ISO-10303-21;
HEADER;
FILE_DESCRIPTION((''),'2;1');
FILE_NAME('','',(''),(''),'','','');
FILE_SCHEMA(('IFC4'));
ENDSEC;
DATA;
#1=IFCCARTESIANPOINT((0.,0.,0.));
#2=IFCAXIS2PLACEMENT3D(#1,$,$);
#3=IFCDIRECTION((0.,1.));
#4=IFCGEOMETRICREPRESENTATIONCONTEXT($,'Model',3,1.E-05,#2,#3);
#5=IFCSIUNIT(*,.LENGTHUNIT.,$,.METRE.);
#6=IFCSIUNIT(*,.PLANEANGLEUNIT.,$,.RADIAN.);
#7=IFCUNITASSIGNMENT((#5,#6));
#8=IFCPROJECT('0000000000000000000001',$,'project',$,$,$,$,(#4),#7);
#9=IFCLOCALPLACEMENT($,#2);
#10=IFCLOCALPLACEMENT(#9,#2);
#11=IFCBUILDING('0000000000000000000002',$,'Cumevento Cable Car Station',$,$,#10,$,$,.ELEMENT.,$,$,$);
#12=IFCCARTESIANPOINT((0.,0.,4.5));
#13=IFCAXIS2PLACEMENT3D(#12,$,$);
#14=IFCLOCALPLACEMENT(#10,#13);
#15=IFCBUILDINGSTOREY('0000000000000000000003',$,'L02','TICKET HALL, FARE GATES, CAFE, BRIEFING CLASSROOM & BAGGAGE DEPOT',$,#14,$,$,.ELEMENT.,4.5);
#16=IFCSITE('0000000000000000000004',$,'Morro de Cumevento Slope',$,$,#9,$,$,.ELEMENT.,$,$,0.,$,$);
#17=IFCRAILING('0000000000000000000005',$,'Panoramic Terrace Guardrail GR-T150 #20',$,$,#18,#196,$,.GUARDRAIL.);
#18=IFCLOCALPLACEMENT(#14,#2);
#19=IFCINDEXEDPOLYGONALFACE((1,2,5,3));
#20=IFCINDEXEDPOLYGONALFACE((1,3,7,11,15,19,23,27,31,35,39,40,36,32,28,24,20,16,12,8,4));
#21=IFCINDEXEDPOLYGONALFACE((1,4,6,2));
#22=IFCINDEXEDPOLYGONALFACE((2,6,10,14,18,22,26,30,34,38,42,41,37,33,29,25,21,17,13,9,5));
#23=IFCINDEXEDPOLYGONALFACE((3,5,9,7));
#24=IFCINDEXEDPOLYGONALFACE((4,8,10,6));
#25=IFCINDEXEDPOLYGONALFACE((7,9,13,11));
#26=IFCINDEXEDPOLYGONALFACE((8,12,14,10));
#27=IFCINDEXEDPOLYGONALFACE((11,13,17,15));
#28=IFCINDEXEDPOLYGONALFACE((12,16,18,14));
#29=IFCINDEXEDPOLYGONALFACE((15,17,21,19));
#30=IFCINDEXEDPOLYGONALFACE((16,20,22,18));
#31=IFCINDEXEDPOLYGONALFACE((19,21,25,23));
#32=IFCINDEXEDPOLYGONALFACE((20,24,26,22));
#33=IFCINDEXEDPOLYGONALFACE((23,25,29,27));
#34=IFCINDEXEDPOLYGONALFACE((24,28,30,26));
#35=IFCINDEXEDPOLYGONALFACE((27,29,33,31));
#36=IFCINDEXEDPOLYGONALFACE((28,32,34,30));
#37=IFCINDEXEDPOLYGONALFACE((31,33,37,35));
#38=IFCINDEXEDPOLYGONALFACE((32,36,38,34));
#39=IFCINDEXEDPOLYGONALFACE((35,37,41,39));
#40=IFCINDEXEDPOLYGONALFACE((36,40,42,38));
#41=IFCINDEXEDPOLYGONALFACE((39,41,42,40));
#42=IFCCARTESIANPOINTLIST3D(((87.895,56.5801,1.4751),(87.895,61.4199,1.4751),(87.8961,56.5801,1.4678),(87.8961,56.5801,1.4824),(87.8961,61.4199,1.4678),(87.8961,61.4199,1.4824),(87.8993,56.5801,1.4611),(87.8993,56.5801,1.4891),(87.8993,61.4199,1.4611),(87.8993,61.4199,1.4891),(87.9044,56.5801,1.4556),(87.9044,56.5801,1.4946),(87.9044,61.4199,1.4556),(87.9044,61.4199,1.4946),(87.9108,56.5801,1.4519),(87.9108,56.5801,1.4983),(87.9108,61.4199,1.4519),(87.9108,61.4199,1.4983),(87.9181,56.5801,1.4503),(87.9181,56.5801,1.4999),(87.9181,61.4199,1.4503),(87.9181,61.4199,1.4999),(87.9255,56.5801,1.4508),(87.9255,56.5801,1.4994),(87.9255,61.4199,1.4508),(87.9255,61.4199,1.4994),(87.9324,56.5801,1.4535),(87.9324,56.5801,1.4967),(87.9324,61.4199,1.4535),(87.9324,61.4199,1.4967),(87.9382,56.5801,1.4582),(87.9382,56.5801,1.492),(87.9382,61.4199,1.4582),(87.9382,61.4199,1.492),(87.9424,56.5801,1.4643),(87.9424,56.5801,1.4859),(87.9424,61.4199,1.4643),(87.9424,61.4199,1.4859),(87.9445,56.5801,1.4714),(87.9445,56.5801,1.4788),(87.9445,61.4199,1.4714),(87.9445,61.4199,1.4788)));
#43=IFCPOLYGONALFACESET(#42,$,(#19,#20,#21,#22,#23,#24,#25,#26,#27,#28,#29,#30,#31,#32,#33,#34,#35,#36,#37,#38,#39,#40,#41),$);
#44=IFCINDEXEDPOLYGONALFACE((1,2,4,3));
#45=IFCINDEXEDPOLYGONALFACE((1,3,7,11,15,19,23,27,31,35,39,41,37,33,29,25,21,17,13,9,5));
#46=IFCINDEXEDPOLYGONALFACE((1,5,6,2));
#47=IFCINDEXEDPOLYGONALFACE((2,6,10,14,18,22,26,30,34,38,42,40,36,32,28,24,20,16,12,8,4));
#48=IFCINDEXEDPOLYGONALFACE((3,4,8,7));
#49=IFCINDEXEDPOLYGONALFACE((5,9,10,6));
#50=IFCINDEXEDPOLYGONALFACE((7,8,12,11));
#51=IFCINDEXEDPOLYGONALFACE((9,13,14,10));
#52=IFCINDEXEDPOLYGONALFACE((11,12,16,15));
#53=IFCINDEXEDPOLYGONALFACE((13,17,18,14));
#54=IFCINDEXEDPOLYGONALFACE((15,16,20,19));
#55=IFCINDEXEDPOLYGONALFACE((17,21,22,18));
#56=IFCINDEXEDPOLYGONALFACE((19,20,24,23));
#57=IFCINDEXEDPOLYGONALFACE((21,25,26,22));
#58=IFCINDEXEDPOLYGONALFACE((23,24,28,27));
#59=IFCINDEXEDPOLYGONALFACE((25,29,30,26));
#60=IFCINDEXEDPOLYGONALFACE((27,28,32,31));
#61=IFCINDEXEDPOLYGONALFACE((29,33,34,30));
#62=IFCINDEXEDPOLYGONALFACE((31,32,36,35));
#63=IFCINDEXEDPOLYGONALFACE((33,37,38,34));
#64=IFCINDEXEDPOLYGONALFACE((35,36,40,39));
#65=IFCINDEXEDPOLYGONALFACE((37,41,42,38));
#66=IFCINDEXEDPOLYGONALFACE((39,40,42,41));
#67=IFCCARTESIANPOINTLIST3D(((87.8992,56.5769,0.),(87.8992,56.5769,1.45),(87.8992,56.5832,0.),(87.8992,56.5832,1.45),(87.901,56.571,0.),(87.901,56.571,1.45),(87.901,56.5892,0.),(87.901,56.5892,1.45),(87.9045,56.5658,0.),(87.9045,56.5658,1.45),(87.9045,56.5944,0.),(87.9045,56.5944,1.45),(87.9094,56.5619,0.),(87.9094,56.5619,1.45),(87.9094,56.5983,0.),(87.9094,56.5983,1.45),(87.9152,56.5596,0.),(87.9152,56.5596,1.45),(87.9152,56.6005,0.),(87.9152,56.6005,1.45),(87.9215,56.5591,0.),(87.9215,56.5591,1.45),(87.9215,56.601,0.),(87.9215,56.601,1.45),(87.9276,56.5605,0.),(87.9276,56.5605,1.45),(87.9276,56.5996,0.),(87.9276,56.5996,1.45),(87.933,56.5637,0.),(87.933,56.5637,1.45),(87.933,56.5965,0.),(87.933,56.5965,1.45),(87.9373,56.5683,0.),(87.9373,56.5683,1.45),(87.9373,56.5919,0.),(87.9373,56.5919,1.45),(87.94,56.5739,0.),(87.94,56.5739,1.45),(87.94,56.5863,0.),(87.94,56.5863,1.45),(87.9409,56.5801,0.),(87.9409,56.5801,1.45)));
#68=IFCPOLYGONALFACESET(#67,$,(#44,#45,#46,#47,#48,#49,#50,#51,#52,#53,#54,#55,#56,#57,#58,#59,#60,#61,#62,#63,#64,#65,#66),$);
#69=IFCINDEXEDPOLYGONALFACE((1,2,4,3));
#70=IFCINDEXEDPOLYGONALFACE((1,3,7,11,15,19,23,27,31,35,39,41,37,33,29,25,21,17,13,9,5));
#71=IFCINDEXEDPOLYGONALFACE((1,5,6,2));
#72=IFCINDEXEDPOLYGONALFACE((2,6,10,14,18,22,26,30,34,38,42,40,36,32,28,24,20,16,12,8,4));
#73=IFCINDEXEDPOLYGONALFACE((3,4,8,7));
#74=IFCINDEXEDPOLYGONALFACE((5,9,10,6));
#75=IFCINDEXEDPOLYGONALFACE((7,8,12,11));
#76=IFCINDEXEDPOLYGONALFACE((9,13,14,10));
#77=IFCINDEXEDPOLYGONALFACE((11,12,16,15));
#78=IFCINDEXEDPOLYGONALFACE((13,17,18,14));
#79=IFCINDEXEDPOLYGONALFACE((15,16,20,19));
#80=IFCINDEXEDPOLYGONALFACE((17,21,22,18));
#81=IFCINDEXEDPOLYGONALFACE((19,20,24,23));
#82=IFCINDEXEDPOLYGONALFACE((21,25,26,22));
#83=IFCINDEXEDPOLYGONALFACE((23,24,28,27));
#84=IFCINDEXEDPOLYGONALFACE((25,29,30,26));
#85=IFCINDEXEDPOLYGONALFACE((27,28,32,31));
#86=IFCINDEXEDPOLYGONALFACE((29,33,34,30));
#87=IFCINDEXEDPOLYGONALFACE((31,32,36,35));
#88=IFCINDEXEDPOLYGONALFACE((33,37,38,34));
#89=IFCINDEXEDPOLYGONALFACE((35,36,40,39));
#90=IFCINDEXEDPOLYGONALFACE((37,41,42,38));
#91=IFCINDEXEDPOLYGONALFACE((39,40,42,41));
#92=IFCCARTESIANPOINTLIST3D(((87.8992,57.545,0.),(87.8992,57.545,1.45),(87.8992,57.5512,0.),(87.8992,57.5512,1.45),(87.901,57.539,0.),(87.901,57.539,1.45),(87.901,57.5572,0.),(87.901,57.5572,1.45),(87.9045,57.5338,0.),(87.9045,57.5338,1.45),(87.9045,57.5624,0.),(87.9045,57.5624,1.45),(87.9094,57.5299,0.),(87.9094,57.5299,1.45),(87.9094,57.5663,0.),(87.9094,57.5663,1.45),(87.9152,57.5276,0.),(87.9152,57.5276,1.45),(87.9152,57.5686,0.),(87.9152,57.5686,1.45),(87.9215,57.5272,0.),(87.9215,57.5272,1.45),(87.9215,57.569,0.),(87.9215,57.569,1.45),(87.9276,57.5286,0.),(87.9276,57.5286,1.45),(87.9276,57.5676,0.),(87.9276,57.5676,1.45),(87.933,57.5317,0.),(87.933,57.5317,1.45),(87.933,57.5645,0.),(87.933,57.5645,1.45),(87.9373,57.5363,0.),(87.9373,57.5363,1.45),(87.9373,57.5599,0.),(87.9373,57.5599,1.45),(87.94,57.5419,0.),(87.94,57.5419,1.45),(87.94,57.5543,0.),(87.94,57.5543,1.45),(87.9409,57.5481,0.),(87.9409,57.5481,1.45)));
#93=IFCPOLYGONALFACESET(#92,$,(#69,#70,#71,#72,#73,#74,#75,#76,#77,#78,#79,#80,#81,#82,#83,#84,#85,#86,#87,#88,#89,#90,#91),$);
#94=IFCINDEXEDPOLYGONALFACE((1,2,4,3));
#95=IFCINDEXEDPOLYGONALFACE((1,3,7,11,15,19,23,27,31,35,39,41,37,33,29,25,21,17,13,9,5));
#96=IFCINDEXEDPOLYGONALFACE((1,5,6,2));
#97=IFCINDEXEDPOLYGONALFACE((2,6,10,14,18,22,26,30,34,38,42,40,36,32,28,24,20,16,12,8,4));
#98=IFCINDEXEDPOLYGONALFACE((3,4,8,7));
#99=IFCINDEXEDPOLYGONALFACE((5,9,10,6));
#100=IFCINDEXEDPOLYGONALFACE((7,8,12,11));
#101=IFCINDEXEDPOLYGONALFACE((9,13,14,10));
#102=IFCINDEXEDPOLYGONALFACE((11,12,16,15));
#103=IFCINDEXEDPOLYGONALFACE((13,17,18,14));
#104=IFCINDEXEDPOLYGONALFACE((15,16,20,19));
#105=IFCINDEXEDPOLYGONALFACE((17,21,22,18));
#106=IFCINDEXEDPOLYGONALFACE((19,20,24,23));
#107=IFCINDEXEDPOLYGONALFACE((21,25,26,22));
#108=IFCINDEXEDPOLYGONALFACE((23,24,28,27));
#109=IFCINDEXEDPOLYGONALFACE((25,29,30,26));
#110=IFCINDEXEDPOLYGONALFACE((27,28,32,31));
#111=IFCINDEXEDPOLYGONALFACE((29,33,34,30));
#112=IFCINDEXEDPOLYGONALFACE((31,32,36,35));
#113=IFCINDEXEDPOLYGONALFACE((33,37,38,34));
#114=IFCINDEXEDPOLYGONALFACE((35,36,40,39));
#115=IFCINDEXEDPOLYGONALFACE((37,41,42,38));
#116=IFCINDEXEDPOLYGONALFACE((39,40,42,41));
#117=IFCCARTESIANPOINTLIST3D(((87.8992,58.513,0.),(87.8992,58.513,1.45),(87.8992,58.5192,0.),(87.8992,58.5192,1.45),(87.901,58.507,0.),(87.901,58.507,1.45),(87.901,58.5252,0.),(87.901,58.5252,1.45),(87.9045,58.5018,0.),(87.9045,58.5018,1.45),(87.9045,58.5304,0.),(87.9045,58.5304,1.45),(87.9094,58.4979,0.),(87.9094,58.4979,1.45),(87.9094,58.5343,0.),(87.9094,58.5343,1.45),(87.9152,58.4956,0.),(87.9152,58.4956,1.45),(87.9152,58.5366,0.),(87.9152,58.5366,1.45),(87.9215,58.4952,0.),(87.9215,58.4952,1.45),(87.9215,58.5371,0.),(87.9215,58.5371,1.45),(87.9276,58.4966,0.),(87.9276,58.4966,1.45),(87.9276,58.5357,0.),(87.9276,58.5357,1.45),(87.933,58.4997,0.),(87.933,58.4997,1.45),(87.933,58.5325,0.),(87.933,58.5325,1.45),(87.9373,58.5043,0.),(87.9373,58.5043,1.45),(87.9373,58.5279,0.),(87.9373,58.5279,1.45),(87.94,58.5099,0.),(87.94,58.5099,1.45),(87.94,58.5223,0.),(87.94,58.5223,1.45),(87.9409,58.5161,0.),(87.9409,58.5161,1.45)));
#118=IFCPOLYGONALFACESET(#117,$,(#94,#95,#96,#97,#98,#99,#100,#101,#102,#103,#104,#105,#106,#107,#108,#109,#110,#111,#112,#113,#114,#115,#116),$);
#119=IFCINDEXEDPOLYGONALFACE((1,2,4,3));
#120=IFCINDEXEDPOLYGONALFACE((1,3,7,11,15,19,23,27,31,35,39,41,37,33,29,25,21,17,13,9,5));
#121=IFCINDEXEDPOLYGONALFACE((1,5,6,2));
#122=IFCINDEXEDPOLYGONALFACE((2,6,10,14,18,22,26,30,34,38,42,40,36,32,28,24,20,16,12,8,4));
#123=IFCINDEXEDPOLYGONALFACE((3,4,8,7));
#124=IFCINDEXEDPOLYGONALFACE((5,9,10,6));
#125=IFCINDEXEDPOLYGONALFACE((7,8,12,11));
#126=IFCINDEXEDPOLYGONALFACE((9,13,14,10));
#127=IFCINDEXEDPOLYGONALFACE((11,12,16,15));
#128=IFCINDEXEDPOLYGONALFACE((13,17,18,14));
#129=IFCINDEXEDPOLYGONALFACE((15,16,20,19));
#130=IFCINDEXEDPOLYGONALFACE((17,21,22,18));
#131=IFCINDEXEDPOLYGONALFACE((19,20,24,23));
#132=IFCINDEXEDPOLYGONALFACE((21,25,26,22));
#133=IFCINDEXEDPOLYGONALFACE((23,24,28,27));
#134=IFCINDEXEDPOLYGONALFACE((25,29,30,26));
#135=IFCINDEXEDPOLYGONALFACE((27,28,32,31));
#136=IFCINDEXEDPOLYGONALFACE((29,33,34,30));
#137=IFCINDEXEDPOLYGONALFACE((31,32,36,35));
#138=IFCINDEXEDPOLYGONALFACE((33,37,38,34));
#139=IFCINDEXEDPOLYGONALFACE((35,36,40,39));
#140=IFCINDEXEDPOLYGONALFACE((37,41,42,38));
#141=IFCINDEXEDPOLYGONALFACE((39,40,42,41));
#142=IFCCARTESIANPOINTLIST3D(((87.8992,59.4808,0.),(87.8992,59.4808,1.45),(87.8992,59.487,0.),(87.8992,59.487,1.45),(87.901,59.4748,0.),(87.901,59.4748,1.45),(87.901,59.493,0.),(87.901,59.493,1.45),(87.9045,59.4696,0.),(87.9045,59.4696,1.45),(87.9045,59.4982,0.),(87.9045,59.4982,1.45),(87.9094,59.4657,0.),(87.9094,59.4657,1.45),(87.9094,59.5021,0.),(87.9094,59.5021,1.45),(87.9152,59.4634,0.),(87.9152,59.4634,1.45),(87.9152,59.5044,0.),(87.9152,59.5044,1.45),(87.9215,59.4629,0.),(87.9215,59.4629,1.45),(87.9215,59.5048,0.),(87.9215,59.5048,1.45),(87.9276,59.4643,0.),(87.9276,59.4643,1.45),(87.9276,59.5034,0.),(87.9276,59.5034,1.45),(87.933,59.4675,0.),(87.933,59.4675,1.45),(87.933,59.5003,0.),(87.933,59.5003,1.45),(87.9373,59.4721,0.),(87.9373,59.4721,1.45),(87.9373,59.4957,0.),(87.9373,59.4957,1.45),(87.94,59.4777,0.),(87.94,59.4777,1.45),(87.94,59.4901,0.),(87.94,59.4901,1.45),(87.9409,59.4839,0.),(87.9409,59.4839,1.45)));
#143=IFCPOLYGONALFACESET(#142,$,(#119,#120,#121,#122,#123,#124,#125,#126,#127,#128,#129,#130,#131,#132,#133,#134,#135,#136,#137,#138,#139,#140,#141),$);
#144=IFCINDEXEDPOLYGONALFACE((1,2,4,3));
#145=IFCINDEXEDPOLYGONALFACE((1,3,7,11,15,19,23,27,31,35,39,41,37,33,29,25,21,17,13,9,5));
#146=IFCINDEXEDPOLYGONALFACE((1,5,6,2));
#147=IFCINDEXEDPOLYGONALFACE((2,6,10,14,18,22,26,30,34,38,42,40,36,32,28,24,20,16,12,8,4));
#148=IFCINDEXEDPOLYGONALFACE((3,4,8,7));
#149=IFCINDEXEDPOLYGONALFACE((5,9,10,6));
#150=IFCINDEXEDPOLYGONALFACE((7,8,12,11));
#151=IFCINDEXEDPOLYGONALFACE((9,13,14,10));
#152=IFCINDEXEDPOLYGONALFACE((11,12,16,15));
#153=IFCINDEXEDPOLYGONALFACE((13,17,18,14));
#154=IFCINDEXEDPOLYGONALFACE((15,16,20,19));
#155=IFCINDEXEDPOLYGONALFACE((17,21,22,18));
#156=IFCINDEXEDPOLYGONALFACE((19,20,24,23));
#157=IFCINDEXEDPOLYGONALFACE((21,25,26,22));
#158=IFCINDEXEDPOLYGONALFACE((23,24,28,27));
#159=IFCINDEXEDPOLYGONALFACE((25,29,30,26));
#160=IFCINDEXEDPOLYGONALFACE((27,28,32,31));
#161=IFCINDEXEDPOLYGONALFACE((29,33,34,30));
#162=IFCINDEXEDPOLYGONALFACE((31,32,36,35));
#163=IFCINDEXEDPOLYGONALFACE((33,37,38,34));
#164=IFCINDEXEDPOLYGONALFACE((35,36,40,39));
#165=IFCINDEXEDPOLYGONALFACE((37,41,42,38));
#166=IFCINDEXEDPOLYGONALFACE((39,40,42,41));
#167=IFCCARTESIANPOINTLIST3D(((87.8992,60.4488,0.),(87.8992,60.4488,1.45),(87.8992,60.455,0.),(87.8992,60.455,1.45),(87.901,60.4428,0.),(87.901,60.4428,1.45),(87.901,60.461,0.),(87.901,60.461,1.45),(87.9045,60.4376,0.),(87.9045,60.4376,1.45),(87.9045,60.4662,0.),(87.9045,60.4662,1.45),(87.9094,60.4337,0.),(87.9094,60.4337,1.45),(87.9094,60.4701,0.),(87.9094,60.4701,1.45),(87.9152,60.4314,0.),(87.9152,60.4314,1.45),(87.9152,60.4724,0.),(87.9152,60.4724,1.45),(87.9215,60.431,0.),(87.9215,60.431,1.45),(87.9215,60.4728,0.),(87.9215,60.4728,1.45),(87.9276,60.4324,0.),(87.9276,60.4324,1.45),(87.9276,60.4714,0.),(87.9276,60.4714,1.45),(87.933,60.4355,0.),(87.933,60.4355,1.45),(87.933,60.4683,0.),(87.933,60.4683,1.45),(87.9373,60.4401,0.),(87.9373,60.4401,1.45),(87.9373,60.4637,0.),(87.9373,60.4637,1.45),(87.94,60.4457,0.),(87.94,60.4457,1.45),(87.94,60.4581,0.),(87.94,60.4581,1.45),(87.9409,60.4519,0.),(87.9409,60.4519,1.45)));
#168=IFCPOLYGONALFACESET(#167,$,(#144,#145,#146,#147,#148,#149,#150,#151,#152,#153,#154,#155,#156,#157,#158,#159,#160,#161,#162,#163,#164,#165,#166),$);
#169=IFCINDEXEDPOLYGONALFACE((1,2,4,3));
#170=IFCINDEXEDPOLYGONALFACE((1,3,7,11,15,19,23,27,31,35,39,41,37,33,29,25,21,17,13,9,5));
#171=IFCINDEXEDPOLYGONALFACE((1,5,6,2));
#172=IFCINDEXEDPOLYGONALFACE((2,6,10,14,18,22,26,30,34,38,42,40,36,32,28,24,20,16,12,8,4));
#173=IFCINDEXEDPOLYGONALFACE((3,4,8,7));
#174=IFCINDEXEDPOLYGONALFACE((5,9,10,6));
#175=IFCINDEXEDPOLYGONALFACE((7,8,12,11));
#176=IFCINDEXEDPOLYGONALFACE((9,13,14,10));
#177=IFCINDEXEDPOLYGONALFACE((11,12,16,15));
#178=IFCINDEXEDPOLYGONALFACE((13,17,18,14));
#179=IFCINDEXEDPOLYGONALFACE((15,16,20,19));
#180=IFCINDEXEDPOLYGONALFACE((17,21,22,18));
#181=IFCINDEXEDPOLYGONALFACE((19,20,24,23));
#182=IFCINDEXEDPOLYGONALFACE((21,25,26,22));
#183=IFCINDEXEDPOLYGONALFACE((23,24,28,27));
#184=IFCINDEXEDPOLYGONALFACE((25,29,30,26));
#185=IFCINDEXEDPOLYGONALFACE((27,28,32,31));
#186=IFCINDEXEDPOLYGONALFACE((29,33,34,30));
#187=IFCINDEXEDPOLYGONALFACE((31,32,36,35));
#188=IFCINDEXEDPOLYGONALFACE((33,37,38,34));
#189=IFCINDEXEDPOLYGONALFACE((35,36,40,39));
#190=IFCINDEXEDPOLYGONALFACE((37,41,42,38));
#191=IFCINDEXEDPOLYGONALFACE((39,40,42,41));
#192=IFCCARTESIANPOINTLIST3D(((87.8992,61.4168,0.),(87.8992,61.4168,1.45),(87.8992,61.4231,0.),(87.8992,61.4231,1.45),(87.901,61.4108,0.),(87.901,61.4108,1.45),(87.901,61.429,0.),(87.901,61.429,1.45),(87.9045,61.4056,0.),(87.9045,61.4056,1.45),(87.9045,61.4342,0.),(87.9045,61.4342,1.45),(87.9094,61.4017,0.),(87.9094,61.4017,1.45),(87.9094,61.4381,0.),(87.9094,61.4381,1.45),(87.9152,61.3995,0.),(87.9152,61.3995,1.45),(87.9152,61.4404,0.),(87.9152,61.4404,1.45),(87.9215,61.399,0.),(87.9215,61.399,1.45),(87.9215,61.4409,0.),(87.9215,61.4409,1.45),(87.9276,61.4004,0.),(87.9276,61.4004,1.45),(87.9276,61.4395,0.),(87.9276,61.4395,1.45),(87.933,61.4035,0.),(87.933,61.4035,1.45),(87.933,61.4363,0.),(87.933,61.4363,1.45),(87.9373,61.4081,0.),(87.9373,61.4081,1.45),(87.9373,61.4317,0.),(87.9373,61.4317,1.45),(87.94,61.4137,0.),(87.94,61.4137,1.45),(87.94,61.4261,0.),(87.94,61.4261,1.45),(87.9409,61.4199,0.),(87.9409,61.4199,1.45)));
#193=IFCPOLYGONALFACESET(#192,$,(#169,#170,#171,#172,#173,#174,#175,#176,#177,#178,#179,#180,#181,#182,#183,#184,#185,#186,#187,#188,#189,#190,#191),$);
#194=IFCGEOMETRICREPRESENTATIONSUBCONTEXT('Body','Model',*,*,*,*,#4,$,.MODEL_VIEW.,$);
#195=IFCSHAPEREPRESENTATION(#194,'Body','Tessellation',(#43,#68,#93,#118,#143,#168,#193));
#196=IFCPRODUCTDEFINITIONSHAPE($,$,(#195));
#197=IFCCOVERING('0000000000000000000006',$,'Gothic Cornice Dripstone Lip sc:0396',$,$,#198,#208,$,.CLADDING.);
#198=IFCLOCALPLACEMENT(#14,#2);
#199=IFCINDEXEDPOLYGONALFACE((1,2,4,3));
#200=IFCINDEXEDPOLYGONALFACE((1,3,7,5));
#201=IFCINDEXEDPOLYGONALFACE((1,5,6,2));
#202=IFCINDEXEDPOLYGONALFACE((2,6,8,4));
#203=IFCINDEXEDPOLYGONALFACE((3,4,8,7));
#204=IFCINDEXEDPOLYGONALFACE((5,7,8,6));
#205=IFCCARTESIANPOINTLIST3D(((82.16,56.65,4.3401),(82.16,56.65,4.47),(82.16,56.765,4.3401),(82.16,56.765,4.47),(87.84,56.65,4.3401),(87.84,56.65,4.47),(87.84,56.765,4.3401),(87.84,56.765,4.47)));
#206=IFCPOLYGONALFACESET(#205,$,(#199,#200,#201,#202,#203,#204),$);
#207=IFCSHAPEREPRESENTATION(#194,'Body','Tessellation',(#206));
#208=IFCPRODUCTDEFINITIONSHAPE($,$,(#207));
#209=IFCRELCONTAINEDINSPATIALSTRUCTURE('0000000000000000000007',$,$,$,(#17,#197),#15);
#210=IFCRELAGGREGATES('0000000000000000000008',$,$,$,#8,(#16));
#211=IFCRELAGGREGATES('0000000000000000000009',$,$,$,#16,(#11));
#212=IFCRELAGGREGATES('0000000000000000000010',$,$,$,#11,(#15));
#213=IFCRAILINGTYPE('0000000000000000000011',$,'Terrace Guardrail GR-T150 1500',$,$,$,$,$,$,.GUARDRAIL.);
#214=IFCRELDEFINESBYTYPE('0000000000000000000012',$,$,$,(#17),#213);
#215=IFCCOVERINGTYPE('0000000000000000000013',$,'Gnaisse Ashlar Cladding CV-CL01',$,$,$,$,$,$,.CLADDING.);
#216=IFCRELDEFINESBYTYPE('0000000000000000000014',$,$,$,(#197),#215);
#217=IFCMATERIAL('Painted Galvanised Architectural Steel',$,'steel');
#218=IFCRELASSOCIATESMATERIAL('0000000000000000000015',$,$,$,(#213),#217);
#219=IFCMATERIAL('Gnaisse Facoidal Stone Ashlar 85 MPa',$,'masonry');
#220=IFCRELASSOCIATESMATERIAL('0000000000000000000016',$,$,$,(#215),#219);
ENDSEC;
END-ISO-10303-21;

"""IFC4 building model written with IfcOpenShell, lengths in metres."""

from ifc_helpers import new_model, si_unit, direction, frame, origin, origin_2d, place, context, subcontext, project, spatial, rectangle, circle, extrude, material, type_object, element, save


model = new_model("IFC4")

# Units and contexts
model_context = context("Model", 3, precision=1e-05, world=origin(), true_north=direction((0.0, 1.0)))
body_context = subcontext(model_context, "Body", "Model", "MODEL_VIEW")
ifc_project = project(units=[si_unit("LENGTHUNIT", "METRE"), si_unit("PLANEANGLEUNIT", "RADIAN")], contexts=[model_context])

# Site, building, storey
site_placement = place(None, origin())
site = spatial("IfcSite", under=ifc_project, at=site_placement, Name="Morro de Cumevento Slope", CompositionType="ELEMENT", RefElevation=0.0)
building_placement = place(site_placement, origin())
building = spatial("IfcBuilding", under=site, at=building_placement, Name="Cumevento Cable Car Station", CompositionType="ELEMENT")
storey_placement = place(building_placement, frame((0.0, 0.0, 4.5)))
storey = spatial("IfcBuildingStorey", under=building, at=storey_placement, Name="L02", Description="TICKET HALL, FARE GATES, CAFE, BRIEFING CLASSROOM & BAGGAGE DEPOT", CompositionType="ELEMENT", Elevation=4.5)

# Railing
ifc_material_1 = material(Name="Painted Galvanised Architectural Steel", Category="steel")
railing_type = type_object("IfcRailingType", Name="Terrace Guardrail GR-T150 1500", PredefinedType="GUARDRAIL", material=ifc_material_1)
railing_placement = place(storey_placement, frame((87.9199, 56.5801, 0.0)))
element("IfcRailing", 1, at=railing_placement, inside=storey, type_object=railing_type, Name="Panoramic Terrace Guardrail GR-T150 #20", PredefinedType="GUARDRAIL", context=body_context, shape_type="SweptSolid", body=[
    extrude(circle(Radius=0.0249, at=origin_2d()), frame((0.0, 0.0, 1.4751), z_axis=(0.0, 1.0, 0.0), x_axis=(-1.0, 0.0, 0.0)), (0.0, 0.0, 1.0), 4.8398),
    extrude(circle(Radius=0.021, at=origin_2d()), origin(), (0.0, 0.0, 1.0), 1.45),
    extrude(circle(Radius=0.021, at=origin_2d()), frame((0.0, 0.968, 0.0)), (0.0, 0.0, 1.0), 1.45),
    extrude(circle(Radius=0.021, at=origin_2d()), frame((0.0, 1.936, 0.0)), (0.0, 0.0, 1.0), 1.45),
    extrude(circle(Radius=0.021, at=origin_2d()), frame((0.0, 2.9038, 0.0)), (0.0, 0.0, 1.0), 1.45),
    extrude(circle(Radius=0.021, at=origin_2d()), frame((0.0, 3.8718, 0.0)), (0.0, 0.0, 1.0), 1.45),
    extrude(circle(Radius=0.021, at=origin_2d()), frame((0.0, 4.8398, 0.0)), (0.0, 0.0, 1.0), 1.45),
])

# Covering
ifc_material_2 = material(Name="Gnaisse Facoidal Stone Ashlar 85 MPa", Category="masonry")
covering_type = type_object("IfcCoveringType", Name="Gnaisse Ashlar Cladding CV-CL01", PredefinedType="CLADDING", material=ifc_material_2)
covering_1_placement = place(storey_placement, frame((85.0, 56.7075, 4.3401), z_axis=(0.0, 0.0, 1.0), x_axis=(1.0, 0.0, 0.0)))
element("IfcCovering", 2, at=covering_1_placement, inside=storey, type_object=covering_type, Name="Gothic Cornice Dripstone Lip sc:0396", PredefinedType="CLADDING", context=body_context, shape_type="SweptSolid", body=[
    extrude(rectangle(XDim=5.6799, YDim=0.115, at=origin_2d()), origin(), (0.0, 0.0, 1.0), 0.1299),
])

save(model, "model.ifc")
